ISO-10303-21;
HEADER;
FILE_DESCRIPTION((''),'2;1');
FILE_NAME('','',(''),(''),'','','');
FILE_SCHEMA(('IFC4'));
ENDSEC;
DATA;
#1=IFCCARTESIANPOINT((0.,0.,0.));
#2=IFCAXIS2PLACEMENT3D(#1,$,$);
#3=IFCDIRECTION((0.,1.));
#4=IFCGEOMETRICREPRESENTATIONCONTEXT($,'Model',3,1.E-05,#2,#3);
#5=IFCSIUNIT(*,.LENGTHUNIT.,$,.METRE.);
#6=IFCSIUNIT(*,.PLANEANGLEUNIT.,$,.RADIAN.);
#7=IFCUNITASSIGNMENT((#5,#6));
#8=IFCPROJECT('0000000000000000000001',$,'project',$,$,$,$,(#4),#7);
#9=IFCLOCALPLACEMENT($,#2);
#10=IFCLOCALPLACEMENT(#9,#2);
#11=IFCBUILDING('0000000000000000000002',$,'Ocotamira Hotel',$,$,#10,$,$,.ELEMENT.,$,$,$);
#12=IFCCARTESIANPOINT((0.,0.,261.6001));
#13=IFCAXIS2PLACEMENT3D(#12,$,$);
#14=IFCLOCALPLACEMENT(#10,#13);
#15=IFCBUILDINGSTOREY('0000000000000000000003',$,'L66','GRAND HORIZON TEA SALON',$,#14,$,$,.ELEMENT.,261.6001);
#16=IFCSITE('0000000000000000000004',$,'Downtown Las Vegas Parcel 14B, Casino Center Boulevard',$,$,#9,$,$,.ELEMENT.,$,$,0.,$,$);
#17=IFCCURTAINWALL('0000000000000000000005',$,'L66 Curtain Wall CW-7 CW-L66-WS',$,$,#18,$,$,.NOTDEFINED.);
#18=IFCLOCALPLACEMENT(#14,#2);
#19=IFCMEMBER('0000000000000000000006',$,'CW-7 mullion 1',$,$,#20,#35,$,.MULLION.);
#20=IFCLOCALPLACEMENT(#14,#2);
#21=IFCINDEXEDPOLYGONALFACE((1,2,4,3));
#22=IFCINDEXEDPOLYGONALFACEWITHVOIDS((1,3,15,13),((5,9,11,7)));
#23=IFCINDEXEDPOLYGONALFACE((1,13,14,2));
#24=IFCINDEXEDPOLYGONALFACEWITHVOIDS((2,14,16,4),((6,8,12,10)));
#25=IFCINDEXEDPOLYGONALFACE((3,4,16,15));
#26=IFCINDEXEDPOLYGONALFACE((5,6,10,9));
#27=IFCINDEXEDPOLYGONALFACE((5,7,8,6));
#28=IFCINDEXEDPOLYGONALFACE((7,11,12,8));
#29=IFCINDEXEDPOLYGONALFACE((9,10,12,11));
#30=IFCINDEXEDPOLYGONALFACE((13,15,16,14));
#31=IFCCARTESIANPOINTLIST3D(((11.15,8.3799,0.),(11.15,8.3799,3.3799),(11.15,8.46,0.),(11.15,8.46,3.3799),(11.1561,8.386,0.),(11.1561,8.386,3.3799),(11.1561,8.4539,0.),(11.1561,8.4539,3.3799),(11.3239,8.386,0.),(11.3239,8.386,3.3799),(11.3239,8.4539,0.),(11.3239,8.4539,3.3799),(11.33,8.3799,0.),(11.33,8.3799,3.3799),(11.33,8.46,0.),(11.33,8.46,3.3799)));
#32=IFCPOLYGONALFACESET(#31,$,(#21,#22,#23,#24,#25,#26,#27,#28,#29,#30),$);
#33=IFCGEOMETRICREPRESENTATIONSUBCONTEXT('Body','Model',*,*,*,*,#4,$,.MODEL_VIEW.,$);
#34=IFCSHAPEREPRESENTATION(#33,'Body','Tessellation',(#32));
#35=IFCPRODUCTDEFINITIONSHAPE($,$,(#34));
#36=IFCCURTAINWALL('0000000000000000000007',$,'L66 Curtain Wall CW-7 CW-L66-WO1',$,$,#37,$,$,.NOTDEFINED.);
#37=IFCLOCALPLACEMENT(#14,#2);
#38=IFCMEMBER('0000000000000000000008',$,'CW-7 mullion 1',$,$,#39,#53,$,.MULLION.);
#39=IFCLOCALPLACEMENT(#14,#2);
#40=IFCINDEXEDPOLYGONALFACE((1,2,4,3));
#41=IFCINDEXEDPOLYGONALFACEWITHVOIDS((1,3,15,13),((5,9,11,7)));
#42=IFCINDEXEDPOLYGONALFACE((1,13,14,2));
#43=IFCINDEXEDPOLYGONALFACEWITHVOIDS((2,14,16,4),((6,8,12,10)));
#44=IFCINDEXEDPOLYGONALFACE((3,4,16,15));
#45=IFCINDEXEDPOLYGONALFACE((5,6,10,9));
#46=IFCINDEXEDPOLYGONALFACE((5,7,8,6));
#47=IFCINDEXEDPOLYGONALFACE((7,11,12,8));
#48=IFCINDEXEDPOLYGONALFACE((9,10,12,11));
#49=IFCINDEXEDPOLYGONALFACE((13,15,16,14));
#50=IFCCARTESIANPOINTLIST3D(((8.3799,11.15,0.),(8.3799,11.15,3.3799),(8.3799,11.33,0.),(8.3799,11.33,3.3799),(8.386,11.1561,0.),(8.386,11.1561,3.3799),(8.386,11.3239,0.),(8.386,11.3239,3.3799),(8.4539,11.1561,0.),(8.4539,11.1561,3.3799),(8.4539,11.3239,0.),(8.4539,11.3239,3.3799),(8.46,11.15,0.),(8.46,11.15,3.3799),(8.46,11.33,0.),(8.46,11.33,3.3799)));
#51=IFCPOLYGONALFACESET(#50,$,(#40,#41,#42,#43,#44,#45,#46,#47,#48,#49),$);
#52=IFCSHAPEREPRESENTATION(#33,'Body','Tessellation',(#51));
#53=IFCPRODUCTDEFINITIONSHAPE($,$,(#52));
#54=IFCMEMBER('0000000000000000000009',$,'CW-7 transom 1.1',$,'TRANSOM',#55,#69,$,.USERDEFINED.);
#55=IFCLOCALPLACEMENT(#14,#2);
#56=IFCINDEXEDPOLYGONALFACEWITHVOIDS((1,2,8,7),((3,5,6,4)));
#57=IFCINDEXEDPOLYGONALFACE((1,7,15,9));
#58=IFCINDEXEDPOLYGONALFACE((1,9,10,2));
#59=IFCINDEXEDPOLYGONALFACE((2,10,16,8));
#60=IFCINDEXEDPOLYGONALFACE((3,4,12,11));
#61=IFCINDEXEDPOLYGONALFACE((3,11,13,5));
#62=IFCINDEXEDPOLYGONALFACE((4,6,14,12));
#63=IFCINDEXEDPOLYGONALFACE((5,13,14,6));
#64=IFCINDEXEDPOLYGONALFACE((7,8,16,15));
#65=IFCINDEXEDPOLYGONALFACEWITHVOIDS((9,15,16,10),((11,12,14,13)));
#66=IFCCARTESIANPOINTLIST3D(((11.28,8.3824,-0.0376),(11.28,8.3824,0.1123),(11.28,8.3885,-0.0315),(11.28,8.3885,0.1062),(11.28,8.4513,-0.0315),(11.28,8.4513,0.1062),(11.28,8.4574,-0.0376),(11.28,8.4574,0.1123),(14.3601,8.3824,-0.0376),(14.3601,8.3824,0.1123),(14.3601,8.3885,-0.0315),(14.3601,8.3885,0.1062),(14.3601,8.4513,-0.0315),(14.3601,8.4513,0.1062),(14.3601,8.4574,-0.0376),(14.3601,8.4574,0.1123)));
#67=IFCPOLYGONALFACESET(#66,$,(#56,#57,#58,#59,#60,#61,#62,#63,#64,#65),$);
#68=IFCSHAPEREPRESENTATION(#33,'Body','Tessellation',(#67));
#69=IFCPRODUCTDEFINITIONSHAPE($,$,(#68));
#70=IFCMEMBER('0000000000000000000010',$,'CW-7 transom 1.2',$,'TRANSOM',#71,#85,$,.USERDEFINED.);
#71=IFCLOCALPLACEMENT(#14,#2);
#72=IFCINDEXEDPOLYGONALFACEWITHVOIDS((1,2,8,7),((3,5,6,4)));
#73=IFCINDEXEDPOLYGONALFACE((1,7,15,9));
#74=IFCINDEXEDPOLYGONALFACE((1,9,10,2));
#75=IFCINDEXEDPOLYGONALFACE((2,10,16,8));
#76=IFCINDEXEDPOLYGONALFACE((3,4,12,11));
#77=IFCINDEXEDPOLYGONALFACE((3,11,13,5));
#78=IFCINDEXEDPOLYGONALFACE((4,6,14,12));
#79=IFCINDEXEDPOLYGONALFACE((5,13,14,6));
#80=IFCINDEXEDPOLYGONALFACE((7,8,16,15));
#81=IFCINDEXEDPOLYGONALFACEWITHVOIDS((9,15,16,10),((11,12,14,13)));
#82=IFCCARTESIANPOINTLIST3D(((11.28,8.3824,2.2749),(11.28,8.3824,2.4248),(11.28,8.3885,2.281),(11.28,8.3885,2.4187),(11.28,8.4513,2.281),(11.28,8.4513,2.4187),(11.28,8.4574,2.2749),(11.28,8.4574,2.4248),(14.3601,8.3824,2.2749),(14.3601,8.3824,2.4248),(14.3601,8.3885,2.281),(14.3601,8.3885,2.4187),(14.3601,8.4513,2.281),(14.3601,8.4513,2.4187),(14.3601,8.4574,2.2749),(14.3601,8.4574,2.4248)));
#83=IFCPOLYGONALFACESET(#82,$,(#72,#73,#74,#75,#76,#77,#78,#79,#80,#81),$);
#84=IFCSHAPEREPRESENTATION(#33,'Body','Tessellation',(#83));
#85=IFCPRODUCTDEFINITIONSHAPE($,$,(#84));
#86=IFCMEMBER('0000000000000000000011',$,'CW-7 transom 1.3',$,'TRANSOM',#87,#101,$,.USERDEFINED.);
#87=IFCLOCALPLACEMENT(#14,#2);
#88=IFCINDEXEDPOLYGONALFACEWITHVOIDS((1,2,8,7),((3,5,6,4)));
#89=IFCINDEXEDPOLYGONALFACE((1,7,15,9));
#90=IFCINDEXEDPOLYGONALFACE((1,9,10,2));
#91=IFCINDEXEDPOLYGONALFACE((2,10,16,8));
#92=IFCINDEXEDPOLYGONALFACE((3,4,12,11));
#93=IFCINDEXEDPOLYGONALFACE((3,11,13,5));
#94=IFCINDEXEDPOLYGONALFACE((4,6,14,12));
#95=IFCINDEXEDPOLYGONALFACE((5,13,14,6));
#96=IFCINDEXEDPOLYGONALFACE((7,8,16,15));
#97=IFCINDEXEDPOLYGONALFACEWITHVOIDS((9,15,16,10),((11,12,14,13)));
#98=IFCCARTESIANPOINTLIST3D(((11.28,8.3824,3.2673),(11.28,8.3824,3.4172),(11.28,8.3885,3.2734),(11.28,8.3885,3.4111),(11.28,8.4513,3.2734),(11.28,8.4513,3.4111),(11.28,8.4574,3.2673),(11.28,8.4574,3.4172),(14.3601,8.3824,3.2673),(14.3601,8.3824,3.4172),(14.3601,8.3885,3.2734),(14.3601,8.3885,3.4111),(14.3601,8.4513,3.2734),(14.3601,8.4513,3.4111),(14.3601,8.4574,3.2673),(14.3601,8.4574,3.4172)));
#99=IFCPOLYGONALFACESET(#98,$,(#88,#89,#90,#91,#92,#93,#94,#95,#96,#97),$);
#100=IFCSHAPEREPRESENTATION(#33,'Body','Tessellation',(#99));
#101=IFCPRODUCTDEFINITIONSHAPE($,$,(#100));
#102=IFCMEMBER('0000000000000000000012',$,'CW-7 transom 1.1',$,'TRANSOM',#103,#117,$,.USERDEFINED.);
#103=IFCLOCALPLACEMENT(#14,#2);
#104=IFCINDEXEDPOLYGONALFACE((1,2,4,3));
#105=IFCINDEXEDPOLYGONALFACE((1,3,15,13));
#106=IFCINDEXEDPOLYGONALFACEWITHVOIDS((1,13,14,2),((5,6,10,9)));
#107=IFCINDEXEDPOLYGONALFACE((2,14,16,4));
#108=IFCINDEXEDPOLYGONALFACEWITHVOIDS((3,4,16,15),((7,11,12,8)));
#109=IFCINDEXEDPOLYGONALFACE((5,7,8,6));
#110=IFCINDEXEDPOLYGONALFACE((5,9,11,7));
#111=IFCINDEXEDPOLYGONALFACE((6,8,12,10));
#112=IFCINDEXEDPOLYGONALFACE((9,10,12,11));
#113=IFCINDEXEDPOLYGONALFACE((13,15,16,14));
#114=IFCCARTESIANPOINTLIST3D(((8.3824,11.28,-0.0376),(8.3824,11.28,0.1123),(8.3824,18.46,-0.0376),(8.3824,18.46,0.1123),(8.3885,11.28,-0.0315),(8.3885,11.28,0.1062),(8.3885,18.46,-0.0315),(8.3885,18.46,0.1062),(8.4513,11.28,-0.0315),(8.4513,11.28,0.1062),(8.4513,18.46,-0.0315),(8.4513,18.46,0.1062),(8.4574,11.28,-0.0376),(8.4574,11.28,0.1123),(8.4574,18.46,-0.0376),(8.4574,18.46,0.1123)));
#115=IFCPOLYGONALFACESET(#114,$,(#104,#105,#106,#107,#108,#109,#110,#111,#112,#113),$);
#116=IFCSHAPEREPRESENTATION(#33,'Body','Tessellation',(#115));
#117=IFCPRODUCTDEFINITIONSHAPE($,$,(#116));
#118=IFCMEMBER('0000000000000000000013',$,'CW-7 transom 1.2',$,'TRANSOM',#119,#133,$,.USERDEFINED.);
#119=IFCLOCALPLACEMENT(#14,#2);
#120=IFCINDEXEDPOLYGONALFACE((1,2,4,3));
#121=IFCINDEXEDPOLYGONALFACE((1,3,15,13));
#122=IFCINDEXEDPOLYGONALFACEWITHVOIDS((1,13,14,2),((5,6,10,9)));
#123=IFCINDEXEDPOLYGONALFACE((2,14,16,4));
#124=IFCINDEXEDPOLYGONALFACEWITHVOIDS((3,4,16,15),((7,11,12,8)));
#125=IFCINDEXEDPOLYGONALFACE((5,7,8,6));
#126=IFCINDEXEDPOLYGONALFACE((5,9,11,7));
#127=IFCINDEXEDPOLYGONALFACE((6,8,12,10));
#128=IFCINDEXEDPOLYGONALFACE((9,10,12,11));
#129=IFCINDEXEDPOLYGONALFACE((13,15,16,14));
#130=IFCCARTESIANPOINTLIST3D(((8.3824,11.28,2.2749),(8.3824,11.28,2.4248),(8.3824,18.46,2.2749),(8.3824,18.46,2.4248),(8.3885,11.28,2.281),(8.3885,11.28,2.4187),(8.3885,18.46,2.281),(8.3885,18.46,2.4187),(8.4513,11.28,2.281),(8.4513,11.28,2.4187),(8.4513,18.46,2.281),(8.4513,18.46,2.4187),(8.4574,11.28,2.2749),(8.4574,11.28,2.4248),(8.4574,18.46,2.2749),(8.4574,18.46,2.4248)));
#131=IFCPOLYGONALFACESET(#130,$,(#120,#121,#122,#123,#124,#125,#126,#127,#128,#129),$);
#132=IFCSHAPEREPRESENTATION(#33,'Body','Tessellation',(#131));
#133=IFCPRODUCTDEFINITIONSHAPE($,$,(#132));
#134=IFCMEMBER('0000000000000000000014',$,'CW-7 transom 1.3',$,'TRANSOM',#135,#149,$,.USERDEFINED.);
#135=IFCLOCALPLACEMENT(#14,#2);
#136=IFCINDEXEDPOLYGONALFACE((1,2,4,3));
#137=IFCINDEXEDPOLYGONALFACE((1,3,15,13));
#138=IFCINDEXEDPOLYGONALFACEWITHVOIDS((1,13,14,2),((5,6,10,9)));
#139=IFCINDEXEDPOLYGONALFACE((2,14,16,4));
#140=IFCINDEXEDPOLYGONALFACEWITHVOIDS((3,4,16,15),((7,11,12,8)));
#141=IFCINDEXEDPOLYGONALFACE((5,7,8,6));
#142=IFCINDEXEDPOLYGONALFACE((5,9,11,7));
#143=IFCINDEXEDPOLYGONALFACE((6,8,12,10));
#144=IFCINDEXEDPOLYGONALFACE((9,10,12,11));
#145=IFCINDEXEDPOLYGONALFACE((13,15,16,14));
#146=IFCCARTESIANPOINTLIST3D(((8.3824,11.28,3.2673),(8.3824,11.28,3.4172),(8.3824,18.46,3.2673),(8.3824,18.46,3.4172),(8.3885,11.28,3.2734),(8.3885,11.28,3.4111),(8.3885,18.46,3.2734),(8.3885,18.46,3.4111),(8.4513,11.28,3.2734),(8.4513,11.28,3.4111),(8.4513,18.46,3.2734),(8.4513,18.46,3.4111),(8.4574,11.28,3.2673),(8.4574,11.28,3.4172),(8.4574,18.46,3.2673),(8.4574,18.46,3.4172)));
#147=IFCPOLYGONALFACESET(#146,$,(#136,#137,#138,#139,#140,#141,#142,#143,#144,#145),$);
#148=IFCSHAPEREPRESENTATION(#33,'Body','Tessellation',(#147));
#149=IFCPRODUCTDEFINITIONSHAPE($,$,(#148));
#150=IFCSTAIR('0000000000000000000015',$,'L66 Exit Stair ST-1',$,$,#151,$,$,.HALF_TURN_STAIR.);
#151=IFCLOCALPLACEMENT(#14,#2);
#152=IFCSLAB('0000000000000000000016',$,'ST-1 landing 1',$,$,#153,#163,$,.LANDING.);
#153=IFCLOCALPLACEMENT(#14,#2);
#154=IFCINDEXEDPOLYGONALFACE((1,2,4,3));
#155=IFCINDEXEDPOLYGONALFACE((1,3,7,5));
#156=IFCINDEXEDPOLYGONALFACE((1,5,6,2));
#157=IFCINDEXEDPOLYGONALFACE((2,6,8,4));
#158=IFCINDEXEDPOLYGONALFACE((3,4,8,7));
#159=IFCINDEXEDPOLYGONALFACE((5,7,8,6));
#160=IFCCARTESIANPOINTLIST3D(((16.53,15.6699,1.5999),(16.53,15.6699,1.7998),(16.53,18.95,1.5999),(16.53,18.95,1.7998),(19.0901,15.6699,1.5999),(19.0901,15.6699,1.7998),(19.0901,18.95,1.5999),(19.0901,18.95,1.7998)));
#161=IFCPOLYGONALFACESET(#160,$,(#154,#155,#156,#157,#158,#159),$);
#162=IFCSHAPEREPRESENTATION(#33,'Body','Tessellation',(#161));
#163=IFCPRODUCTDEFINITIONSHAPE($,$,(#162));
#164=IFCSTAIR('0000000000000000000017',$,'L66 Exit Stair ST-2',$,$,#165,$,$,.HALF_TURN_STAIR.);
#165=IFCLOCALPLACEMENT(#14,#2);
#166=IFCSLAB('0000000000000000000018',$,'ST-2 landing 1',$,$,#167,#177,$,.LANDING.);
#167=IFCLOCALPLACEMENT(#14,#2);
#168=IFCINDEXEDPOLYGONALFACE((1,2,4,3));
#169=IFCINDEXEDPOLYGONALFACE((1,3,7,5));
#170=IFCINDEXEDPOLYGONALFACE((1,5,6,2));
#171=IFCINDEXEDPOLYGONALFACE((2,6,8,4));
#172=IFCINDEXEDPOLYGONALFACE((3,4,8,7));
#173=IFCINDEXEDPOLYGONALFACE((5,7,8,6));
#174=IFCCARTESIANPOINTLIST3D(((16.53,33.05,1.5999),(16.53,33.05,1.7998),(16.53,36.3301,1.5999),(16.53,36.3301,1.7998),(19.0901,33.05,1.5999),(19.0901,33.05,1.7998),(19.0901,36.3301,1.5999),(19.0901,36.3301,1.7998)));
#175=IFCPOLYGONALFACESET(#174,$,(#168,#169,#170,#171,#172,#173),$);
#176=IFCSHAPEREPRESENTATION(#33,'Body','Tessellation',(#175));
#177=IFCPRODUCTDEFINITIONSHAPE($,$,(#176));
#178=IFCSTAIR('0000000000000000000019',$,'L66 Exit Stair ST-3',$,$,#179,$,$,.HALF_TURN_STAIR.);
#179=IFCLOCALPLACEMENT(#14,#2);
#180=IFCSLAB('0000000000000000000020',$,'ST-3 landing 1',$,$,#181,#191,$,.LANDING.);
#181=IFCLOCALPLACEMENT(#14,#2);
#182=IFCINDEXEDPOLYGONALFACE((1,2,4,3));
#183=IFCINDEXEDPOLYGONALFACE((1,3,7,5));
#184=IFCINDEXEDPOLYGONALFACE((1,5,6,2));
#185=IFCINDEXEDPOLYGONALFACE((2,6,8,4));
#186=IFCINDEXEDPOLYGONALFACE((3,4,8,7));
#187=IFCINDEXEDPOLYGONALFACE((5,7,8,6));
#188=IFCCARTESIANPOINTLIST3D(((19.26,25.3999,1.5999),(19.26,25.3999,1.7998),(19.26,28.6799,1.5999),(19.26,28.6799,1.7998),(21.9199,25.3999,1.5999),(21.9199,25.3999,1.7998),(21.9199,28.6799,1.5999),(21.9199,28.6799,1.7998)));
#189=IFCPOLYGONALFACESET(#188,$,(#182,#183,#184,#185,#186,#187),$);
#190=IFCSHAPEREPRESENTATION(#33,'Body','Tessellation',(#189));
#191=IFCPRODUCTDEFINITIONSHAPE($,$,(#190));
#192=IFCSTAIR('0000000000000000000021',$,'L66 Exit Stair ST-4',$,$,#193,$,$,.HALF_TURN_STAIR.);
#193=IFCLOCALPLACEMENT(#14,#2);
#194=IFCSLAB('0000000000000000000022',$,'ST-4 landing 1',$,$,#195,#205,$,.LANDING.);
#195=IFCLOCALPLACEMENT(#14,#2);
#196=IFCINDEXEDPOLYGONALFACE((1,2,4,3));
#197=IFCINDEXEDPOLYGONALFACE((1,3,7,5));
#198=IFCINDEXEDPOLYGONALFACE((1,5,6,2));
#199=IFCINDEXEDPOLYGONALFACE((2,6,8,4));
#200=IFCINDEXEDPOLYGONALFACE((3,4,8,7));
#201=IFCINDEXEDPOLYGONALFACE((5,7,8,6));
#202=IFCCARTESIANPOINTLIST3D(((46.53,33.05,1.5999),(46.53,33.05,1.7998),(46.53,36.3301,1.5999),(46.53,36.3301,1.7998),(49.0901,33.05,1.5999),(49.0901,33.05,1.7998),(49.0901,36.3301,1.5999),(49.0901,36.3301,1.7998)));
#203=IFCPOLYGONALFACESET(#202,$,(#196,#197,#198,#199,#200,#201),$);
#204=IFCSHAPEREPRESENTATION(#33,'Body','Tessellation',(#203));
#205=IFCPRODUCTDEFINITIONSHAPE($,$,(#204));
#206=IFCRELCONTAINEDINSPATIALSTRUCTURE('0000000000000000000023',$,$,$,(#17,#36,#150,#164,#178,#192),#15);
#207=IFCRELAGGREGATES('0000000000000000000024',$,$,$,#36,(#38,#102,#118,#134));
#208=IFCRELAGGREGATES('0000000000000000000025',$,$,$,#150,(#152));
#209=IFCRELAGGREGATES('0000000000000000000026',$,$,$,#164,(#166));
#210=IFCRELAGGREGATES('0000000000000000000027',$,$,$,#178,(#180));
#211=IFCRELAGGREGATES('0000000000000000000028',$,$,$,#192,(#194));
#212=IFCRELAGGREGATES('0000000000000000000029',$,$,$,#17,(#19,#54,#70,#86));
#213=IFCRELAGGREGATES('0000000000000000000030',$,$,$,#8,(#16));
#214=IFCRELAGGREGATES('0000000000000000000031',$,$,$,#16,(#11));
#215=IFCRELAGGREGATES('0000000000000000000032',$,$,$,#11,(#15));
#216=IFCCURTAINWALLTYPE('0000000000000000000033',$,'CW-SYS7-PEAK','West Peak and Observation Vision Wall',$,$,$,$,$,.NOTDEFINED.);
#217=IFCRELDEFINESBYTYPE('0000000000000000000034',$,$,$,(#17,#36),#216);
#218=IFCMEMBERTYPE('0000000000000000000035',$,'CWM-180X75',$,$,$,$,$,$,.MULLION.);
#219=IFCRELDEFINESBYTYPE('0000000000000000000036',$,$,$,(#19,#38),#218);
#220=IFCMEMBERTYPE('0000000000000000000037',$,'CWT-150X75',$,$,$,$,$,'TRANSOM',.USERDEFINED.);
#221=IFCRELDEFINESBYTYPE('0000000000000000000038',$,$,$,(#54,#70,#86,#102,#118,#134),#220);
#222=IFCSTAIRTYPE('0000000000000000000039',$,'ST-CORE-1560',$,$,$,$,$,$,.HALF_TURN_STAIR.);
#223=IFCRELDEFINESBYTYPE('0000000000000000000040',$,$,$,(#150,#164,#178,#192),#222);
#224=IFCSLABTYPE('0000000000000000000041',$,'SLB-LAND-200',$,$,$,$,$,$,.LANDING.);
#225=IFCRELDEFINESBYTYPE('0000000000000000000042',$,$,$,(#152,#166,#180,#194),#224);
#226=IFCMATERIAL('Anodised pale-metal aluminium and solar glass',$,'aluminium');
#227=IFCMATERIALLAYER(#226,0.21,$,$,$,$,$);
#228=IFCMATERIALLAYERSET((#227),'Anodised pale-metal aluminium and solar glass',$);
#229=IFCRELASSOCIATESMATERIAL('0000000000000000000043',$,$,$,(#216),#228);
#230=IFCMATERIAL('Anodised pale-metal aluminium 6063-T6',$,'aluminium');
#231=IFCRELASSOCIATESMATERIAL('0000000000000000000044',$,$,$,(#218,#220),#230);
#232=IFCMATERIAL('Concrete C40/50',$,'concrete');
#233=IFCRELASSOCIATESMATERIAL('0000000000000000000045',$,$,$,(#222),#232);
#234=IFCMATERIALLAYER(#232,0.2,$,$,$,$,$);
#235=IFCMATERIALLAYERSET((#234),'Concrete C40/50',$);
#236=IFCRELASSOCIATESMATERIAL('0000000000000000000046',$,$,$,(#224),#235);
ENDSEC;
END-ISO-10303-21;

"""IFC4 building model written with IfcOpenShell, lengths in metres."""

from ifc_helpers import new_model, si_unit, direction, frame, origin, origin_2d, place, context, subcontext, project, spatial, polyline, hollow_rectangle, outline, extrude, source, transform, mapped, material, layer, layer_set, material_profile, profile_set, type_object, element, aggregate, save


model = new_model("IFC4")

# Units and contexts
model_context = context("Model", 3, precision=1e-05, world=origin(), true_north=direction((0.0, 1.0)))
body_context = subcontext(model_context, "Body", "Model", "MODEL_VIEW")
ifc_project = project(units=[si_unit("LENGTHUNIT", "METRE"), si_unit("PLANEANGLEUNIT", "RADIAN")], contexts=[model_context])

# Site, building, storey
site_placement = place(None, origin())
site = spatial("IfcSite", under=ifc_project, at=site_placement, Name="Downtown Las Vegas Parcel 14B, Casino Center Boulevard", CompositionType="ELEMENT", RefElevation=0.0)
building_placement = place(site_placement, origin())
building = spatial("IfcBuilding", under=site, at=building_placement, Name="Ocotamira Hotel", CompositionType="ELEMENT")
storey_placement = place(building_placement, frame((0.0, 0.0, 261.6001)))
storey = spatial("IfcBuildingStorey", under=building, at=storey_placement, Name="L66", Description="GRAND HORIZON TEA SALON", CompositionType="ELEMENT", Elevation=261.6001)

# Curtain walls, members
ifc_material_1 = material(Name="Anodised pale-metal aluminium and solar glass", Category="aluminium")
ifc_layer_1 = layer(ifc_material_1, 0.21)
ifc_layer_set_1 = layer_set([ifc_layer_1], Name="Anodised pale-metal aluminium and solar glass")
curtain_wall_type = type_object("IfcCurtainWallType", Name="CW-SYS7-PEAK", Description="West Peak and Observation Vision Wall", PredefinedType="NOTDEFINED", material=ifc_layer_set_1)
curtain_wall_1_placement = place(storey_placement, origin())
curtain_wall_1 = element("IfcCurtainWall", 1, at=curtain_wall_1_placement, inside=storey, type_object=curtain_wall_type, Name="L66 Curtain Wall CW-7 CW-L66-WS", PredefinedType="NOTDEFINED")
ifc_material_2 = material(Name="Anodised pale-metal aluminium 6063-T6", Category="aluminium")
ifc_material_profile_1 = material_profile(ifc_material_2, hollow_rectangle(XDim=0.0801, YDim=0.1799, WallThickness=0.0061, at=origin_2d()), Name="HSS180X80X6")
ifc_profile_set_1 = profile_set([ifc_material_profile_1], Name="Anodised pale-metal aluminium 6063-T6")
member_type_1 = type_object("IfcMemberType", Name="CWM-180X75", PredefinedType="MULLION", material=ifc_profile_set_1)
shared_shape_1 = source(origin(), body_context, "Body", "SweptSolid", [
    extrude(hollow_rectangle(XDim=0.0801, YDim=0.1799, WallThickness=0.0061, at=origin_2d()), origin(), (0.0, 0.0, 1.0), 3.3799),
])
member_1_placement = place(storey_placement, frame((11.24, 8.4199, 0.0), z_axis=(0.0, 0.0, 1.0), x_axis=(0.0, 1.0, 0.0)))
member_1 = element("IfcMember", 2, at=member_1_placement, type_object=member_type_1, Name="CW-7 mullion 1", PredefinedType="MULLION", context=body_context, shape_type="MappedRepresentation", body=[
    mapped(shared_shape_1, transform((0.0, 0.0, 0.0), scale=1.0)),
])
curtain_wall_2_placement = place(storey_placement, origin())
curtain_wall_2 = element("IfcCurtainWall", 3, at=curtain_wall_2_placement, inside=storey, type_object=curtain_wall_type, Name="L66 Curtain Wall CW-7 CW-L66-WO1", PredefinedType="NOTDEFINED")
member_2_placement = place(storey_placement, frame((8.4199, 11.24, 0.0), z_axis=(0.0, 0.0, 1.0), x_axis=(-1.0, 0.0, 0.0)))
member_2 = element("IfcMember", 4, at=member_2_placement, type_object=member_type_1, Name="CW-7 mullion 1", PredefinedType="MULLION", context=body_context, shape_type="MappedRepresentation", body=[
    mapped(shared_shape_1, transform((0.0, 0.0, 0.0), scale=1.0)),
])

# Members
ifc_material_profile_2 = material_profile(ifc_material_2, hollow_rectangle(XDim=0.075, YDim=0.1499, WallThickness=0.0061, at=origin_2d()), Name="HSS150X75X6")
ifc_profile_set_2 = profile_set([ifc_material_profile_2], Name="Anodised pale-metal aluminium 6063-T6")
member_type_2 = type_object("IfcMemberType", Name="CWT-150X75", ElementType="TRANSOM", PredefinedType="USERDEFINED", material=ifc_profile_set_2)
shared_shape_2 = source(origin(), body_context, "Body", "SweptSolid", [
    extrude(hollow_rectangle(XDim=0.075, YDim=0.1499, WallThickness=0.0061, at=origin_2d()), origin(), (0.0, 0.0, 1.0), 3.0801),
])
member_3_placement = place(storey_placement, frame((11.28, 8.4199, 0.0374), z_axis=(1.0, 0.0, 0.0), x_axis=(0.0, 1.0, 0.0)))
member_3 = element("IfcMember", 5, at=member_3_placement, type_object=member_type_2, Name="CW-7 transom 1.1", ObjectType="TRANSOM", PredefinedType="USERDEFINED", context=body_context, shape_type="MappedRepresentation", body=[
    mapped(shared_shape_2, transform((0.0, 0.0, 0.0), scale=1.0)),
])
member_4_placement = place(storey_placement, frame((11.28, 8.4199, 2.3499), z_axis=(1.0, 0.0, 0.0), x_axis=(0.0, 1.0, 0.0)))
member_4 = element("IfcMember", 6, at=member_4_placement, type_object=member_type_2, Name="CW-7 transom 1.2", ObjectType="TRANSOM", PredefinedType="USERDEFINED", context=body_context, shape_type="MappedRepresentation", body=[
    mapped(shared_shape_2, transform((0.0, 0.0, 0.0), scale=1.0)),
])
member_5_placement = place(storey_placement, frame((11.28, 8.4199, 3.3423), z_axis=(1.0, 0.0, 0.0), x_axis=(0.0, 1.0, 0.0)))
member_5 = element("IfcMember", 7, at=member_5_placement, type_object=member_type_2, Name="CW-7 transom 1.3", ObjectType="TRANSOM", PredefinedType="USERDEFINED", context=body_context, shape_type="MappedRepresentation", body=[
    mapped(shared_shape_2, transform((0.0, 0.0, 0.0), scale=1.0)),
])
shared_shape_3 = source(origin(), body_context, "Body", "SweptSolid", [
    extrude(hollow_rectangle(XDim=0.075, YDim=0.1499, WallThickness=0.0061, at=origin_2d()), origin(), (0.0, 0.0, 1.0), 7.1799),
])
member_6_placement = place(storey_placement, frame((8.4199, 11.28, 0.0374), z_axis=(0.0, 1.0, 0.0), x_axis=(-1.0, 0.0, 0.0)))
member_6 = element("IfcMember", 8, at=member_6_placement, type_object=member_type_2, Name="CW-7 transom 1.1", ObjectType="TRANSOM", PredefinedType="USERDEFINED", context=body_context, shape_type="MappedRepresentation", body=[
    mapped(shared_shape_3, transform((0.0, 0.0, 0.0), scale=1.0)),
])
member_7_placement = place(storey_placement, frame((8.4199, 11.28, 2.3499), z_axis=(0.0, 1.0, 0.0), x_axis=(-1.0, 0.0, 0.0)))
member_7 = element("IfcMember", 9, at=member_7_placement, type_object=member_type_2, Name="CW-7 transom 1.2", ObjectType="TRANSOM", PredefinedType="USERDEFINED", context=body_context, shape_type="MappedRepresentation", body=[
    mapped(shared_shape_3, transform((0.0, 0.0, 0.0), scale=1.0)),
])
member_8_placement = place(storey_placement, frame((8.4199, 11.28, 3.3423), z_axis=(0.0, 1.0, 0.0), x_axis=(-1.0, 0.0, 0.0)))
member_8 = element("IfcMember", 10, at=member_8_placement, type_object=member_type_2, Name="CW-7 transom 1.3", ObjectType="TRANSOM", PredefinedType="USERDEFINED", context=body_context, shape_type="MappedRepresentation", body=[
    mapped(shared_shape_3, transform((0.0, 0.0, 0.0), scale=1.0)),
])
aggregate(curtain_wall_2, [member_2, member_6, member_7, member_8])

# Stairs, slabs
ifc_material_3 = material(Name="Concrete C40/50", Category="concrete")
stair_type = type_object("IfcStairType", Name="ST-CORE-1560", PredefinedType="HALF_TURN_STAIR", material=ifc_material_3)
stair_1_placement = place(storey_placement, origin())
stair_1 = element("IfcStair", 11, at=stair_1_placement, inside=storey, type_object=stair_type, Name="L66 Exit Stair ST-1", PredefinedType="HALF_TURN_STAIR")
ifc_layer_2 = layer(ifc_material_3, 0.2)
ifc_layer_set_2 = layer_set([ifc_layer_2], Name="Concrete C40/50")
slab_type_1 = type_object("IfcSlabType", Name="SLB-LAND-200", PredefinedType="LANDING", material=ifc_layer_set_2)
slab_1_placement = place(storey_placement, frame((0.0, 0.0, 1.5999)))
slab_1 = element("IfcSlab", 12, at=slab_1_placement, type_object=slab_type_1, Name="ST-1 landing 1", PredefinedType="LANDING", context=body_context, shape_type="SweptSolid", body=[
    extrude(outline(polyline([(16.53, 15.6699), (19.0901, 15.6699), (19.0901, 18.95), (16.53, 18.95), (16.53, 15.6699)])), origin(), (0.0, 0.0, 1.0), 0.2),
])
aggregate(stair_1, [slab_1])
stair_2_placement = place(storey_placement, origin())
stair_2 = element("IfcStair", 13, at=stair_2_placement, inside=storey, type_object=stair_type, Name="L66 Exit Stair ST-2", PredefinedType="HALF_TURN_STAIR")
slab_2_placement = place(storey_placement, frame((0.0, 0.0, 1.5999)))
slab_2 = element("IfcSlab", 14, at=slab_2_placement, type_object=slab_type_1, Name="ST-2 landing 1", PredefinedType="LANDING", context=body_context, shape_type="SweptSolid", body=[
    extrude(outline(polyline([(16.53, 33.05), (19.0901, 33.05), (19.0901, 36.3301), (16.53, 36.3301), (16.53, 33.05)])), origin(), (0.0, 0.0, 1.0), 0.2),
])
aggregate(stair_2, [slab_2])
stair_3_placement = place(storey_placement, origin())
stair_3 = element("IfcStair", 15, at=stair_3_placement, inside=storey, type_object=stair_type, Name="L66 Exit Stair ST-3", PredefinedType="HALF_TURN_STAIR")
slab_3_placement = place(storey_placement, frame((0.0, 0.0, 1.5999)))
slab_3 = element("IfcSlab", 16, at=slab_3_placement, type_object=slab_type_1, Name="ST-3 landing 1", PredefinedType="LANDING", context=body_context, shape_type="SweptSolid", body=[
    extrude(outline(polyline([(19.26, 25.3999), (21.9199, 25.3999), (21.9199, 28.6799), (19.26, 28.6799), (19.26, 25.3999)])), origin(), (0.0, 0.0, 1.0), 0.2),
])
aggregate(stair_3, [slab_3])
stair_4_placement = place(storey_placement, origin())
stair_4 = element("IfcStair", 17, at=stair_4_placement, inside=storey, type_object=stair_type, Name="L66 Exit Stair ST-4", PredefinedType="HALF_TURN_STAIR")
slab_4_placement = place(storey_placement, frame((0.0, 0.0, 1.5999)))
slab_4 = element("IfcSlab", 18, at=slab_4_placement, type_object=slab_type_1, Name="ST-4 landing 1", PredefinedType="LANDING", context=body_context, shape_type="SweptSolid", body=[
    extrude(outline(polyline([(46.53, 33.05), (49.0901, 33.05), (49.0901, 36.3301), (46.53, 36.3301), (46.53, 33.05)])), origin(), (0.0, 0.0, 1.0), 0.2),
])
aggregate(stair_4, [slab_4])

aggregate(curtain_wall_1, [member_1, member_3, member_4, member_5])

save(model, "model.ifc")
